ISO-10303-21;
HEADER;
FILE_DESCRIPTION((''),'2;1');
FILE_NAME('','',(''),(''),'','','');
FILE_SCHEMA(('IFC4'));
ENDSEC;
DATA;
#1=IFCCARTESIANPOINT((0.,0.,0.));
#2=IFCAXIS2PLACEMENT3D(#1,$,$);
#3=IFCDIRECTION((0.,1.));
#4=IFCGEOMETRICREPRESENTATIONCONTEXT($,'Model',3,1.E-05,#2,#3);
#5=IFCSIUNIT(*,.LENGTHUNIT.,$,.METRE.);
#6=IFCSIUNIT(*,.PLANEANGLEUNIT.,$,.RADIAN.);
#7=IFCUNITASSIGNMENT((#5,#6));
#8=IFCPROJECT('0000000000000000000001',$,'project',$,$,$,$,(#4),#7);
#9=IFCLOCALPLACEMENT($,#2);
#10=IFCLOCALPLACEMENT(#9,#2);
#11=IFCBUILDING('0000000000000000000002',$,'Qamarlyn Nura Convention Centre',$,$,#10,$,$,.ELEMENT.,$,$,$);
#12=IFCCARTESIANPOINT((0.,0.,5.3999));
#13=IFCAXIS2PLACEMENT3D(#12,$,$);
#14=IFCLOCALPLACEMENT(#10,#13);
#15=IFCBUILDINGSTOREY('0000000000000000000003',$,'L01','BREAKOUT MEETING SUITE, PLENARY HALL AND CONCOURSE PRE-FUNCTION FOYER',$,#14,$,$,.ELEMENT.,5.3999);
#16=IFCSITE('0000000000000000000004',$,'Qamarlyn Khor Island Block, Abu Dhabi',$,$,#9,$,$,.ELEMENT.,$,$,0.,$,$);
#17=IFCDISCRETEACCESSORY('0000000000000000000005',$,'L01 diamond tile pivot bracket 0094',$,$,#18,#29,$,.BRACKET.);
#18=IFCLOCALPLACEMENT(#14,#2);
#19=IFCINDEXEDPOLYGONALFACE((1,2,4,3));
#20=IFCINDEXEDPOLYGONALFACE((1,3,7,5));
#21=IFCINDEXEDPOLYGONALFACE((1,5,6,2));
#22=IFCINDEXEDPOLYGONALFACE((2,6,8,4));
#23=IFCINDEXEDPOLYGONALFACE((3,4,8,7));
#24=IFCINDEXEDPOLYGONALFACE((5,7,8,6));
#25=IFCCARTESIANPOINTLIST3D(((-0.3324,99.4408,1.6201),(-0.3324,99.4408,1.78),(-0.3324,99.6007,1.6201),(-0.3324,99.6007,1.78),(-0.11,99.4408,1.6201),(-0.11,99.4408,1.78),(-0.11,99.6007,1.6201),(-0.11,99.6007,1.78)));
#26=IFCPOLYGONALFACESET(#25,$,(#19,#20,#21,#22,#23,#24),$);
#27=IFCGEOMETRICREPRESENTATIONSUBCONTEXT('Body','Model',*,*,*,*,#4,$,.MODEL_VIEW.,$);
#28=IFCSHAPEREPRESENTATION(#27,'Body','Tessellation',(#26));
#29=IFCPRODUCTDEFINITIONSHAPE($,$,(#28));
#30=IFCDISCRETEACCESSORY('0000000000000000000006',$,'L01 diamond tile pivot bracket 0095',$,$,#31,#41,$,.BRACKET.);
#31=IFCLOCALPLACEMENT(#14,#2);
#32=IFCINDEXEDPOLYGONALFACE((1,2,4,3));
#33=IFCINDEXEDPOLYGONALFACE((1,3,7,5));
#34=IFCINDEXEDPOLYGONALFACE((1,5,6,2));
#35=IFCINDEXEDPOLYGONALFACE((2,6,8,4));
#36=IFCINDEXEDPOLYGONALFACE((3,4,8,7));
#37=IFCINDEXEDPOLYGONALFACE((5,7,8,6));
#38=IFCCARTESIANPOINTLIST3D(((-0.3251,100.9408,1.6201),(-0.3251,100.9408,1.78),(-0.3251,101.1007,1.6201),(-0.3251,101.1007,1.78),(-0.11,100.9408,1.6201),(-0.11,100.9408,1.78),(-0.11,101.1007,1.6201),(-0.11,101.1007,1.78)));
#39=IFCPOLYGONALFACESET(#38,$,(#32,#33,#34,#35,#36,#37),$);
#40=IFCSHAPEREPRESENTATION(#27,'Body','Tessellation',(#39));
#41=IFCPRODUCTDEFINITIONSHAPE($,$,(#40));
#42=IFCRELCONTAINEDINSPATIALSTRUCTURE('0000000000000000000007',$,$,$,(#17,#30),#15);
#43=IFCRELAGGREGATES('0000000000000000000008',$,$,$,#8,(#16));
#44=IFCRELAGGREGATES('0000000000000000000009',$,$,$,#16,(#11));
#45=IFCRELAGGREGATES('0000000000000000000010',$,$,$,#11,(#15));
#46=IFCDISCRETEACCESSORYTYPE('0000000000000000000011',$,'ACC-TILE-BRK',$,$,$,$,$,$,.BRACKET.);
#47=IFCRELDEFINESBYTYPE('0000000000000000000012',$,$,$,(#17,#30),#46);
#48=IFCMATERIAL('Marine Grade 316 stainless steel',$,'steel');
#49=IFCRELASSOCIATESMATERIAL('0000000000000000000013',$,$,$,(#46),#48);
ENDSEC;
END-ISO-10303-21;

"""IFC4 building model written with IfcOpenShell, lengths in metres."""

from ifc_helpers import new_model, si_unit, direction, frame, origin, origin_2d, place, context, subcontext, project, spatial, rectangle, extrude, material, type_object, element, save


model = new_model("IFC4")

# Units and contexts
model_context = context("Model", 3, precision=1e-05, world=origin(), true_north=direction((0.0, 1.0)))
body_context = subcontext(model_context, "Body", "Model", "MODEL_VIEW")
ifc_project = project(units=[si_unit("LENGTHUNIT", "METRE"), si_unit("PLANEANGLEUNIT", "RADIAN")], contexts=[model_context])

# Site, building, storey
site_placement = place(None, origin())
site = spatial("IfcSite", under=ifc_project, at=site_placement, Name="Qamarlyn Khor Island Block, Abu Dhabi", CompositionType="ELEMENT", RefElevation=0.0)
building_placement = place(site_placement, origin())
building = spatial("IfcBuilding", under=site, at=building_placement, Name="Qamarlyn Nura Convention Centre", CompositionType="ELEMENT")
storey_placement = place(building_placement, frame((0.0, 0.0, 5.3999)))
storey = spatial("IfcBuildingStorey", under=building, at=storey_placement, Name="L01", Description="BREAKOUT MEETING SUITE, PLENARY HALL AND CONCOURSE PRE-FUNCTION FOYER", CompositionType="ELEMENT", Elevation=5.3999)

# Discrete accessories
ifc_material_1 = material(Name="Marine Grade 316 stainless steel", Category="steel")
discrete_accessory_type_1 = type_object("IfcDiscreteAccessoryType", Name="ACC-TILE-BRK", PredefinedType="BRACKET", material=ifc_material_1)
discrete_accessory_1_placement = place(storey_placement, frame((-0.2212, 99.5208, 1.6201), z_axis=(0.0, 0.0, 1.0), x_axis=(-1.0, 0.0, 0.0)))
element("IfcDiscreteAccessory", 1, at=discrete_accessory_1_placement, inside=storey, type_object=discrete_accessory_type_1, Name="L01 diamond tile pivot bracket 0094", PredefinedType="BRACKET", context=body_context, shape_type="SweptSolid", body=[
    extrude(rectangle(XDim=0.2224, YDim=0.1599, at=origin_2d()), origin(), (0.0, 0.0, 1.0), 0.1599),
])
discrete_accessory_2_placement = place(storey_placement, frame((-0.2175, 101.0208, 1.6201), z_axis=(0.0, 0.0, 1.0), x_axis=(-1.0, 0.0, 0.0)))
element("IfcDiscreteAccessory", 2, at=discrete_accessory_2_placement, inside=storey, type_object=discrete_accessory_type_1, Name="L01 diamond tile pivot bracket 0095", PredefinedType="BRACKET", context=body_context, shape_type="SweptSolid", body=[
    extrude(rectangle(XDim=0.2151, YDim=0.1599, at=origin_2d()), origin(), (0.0, 0.0, 1.0), 0.1599),
])

save(model, "model.ifc")
